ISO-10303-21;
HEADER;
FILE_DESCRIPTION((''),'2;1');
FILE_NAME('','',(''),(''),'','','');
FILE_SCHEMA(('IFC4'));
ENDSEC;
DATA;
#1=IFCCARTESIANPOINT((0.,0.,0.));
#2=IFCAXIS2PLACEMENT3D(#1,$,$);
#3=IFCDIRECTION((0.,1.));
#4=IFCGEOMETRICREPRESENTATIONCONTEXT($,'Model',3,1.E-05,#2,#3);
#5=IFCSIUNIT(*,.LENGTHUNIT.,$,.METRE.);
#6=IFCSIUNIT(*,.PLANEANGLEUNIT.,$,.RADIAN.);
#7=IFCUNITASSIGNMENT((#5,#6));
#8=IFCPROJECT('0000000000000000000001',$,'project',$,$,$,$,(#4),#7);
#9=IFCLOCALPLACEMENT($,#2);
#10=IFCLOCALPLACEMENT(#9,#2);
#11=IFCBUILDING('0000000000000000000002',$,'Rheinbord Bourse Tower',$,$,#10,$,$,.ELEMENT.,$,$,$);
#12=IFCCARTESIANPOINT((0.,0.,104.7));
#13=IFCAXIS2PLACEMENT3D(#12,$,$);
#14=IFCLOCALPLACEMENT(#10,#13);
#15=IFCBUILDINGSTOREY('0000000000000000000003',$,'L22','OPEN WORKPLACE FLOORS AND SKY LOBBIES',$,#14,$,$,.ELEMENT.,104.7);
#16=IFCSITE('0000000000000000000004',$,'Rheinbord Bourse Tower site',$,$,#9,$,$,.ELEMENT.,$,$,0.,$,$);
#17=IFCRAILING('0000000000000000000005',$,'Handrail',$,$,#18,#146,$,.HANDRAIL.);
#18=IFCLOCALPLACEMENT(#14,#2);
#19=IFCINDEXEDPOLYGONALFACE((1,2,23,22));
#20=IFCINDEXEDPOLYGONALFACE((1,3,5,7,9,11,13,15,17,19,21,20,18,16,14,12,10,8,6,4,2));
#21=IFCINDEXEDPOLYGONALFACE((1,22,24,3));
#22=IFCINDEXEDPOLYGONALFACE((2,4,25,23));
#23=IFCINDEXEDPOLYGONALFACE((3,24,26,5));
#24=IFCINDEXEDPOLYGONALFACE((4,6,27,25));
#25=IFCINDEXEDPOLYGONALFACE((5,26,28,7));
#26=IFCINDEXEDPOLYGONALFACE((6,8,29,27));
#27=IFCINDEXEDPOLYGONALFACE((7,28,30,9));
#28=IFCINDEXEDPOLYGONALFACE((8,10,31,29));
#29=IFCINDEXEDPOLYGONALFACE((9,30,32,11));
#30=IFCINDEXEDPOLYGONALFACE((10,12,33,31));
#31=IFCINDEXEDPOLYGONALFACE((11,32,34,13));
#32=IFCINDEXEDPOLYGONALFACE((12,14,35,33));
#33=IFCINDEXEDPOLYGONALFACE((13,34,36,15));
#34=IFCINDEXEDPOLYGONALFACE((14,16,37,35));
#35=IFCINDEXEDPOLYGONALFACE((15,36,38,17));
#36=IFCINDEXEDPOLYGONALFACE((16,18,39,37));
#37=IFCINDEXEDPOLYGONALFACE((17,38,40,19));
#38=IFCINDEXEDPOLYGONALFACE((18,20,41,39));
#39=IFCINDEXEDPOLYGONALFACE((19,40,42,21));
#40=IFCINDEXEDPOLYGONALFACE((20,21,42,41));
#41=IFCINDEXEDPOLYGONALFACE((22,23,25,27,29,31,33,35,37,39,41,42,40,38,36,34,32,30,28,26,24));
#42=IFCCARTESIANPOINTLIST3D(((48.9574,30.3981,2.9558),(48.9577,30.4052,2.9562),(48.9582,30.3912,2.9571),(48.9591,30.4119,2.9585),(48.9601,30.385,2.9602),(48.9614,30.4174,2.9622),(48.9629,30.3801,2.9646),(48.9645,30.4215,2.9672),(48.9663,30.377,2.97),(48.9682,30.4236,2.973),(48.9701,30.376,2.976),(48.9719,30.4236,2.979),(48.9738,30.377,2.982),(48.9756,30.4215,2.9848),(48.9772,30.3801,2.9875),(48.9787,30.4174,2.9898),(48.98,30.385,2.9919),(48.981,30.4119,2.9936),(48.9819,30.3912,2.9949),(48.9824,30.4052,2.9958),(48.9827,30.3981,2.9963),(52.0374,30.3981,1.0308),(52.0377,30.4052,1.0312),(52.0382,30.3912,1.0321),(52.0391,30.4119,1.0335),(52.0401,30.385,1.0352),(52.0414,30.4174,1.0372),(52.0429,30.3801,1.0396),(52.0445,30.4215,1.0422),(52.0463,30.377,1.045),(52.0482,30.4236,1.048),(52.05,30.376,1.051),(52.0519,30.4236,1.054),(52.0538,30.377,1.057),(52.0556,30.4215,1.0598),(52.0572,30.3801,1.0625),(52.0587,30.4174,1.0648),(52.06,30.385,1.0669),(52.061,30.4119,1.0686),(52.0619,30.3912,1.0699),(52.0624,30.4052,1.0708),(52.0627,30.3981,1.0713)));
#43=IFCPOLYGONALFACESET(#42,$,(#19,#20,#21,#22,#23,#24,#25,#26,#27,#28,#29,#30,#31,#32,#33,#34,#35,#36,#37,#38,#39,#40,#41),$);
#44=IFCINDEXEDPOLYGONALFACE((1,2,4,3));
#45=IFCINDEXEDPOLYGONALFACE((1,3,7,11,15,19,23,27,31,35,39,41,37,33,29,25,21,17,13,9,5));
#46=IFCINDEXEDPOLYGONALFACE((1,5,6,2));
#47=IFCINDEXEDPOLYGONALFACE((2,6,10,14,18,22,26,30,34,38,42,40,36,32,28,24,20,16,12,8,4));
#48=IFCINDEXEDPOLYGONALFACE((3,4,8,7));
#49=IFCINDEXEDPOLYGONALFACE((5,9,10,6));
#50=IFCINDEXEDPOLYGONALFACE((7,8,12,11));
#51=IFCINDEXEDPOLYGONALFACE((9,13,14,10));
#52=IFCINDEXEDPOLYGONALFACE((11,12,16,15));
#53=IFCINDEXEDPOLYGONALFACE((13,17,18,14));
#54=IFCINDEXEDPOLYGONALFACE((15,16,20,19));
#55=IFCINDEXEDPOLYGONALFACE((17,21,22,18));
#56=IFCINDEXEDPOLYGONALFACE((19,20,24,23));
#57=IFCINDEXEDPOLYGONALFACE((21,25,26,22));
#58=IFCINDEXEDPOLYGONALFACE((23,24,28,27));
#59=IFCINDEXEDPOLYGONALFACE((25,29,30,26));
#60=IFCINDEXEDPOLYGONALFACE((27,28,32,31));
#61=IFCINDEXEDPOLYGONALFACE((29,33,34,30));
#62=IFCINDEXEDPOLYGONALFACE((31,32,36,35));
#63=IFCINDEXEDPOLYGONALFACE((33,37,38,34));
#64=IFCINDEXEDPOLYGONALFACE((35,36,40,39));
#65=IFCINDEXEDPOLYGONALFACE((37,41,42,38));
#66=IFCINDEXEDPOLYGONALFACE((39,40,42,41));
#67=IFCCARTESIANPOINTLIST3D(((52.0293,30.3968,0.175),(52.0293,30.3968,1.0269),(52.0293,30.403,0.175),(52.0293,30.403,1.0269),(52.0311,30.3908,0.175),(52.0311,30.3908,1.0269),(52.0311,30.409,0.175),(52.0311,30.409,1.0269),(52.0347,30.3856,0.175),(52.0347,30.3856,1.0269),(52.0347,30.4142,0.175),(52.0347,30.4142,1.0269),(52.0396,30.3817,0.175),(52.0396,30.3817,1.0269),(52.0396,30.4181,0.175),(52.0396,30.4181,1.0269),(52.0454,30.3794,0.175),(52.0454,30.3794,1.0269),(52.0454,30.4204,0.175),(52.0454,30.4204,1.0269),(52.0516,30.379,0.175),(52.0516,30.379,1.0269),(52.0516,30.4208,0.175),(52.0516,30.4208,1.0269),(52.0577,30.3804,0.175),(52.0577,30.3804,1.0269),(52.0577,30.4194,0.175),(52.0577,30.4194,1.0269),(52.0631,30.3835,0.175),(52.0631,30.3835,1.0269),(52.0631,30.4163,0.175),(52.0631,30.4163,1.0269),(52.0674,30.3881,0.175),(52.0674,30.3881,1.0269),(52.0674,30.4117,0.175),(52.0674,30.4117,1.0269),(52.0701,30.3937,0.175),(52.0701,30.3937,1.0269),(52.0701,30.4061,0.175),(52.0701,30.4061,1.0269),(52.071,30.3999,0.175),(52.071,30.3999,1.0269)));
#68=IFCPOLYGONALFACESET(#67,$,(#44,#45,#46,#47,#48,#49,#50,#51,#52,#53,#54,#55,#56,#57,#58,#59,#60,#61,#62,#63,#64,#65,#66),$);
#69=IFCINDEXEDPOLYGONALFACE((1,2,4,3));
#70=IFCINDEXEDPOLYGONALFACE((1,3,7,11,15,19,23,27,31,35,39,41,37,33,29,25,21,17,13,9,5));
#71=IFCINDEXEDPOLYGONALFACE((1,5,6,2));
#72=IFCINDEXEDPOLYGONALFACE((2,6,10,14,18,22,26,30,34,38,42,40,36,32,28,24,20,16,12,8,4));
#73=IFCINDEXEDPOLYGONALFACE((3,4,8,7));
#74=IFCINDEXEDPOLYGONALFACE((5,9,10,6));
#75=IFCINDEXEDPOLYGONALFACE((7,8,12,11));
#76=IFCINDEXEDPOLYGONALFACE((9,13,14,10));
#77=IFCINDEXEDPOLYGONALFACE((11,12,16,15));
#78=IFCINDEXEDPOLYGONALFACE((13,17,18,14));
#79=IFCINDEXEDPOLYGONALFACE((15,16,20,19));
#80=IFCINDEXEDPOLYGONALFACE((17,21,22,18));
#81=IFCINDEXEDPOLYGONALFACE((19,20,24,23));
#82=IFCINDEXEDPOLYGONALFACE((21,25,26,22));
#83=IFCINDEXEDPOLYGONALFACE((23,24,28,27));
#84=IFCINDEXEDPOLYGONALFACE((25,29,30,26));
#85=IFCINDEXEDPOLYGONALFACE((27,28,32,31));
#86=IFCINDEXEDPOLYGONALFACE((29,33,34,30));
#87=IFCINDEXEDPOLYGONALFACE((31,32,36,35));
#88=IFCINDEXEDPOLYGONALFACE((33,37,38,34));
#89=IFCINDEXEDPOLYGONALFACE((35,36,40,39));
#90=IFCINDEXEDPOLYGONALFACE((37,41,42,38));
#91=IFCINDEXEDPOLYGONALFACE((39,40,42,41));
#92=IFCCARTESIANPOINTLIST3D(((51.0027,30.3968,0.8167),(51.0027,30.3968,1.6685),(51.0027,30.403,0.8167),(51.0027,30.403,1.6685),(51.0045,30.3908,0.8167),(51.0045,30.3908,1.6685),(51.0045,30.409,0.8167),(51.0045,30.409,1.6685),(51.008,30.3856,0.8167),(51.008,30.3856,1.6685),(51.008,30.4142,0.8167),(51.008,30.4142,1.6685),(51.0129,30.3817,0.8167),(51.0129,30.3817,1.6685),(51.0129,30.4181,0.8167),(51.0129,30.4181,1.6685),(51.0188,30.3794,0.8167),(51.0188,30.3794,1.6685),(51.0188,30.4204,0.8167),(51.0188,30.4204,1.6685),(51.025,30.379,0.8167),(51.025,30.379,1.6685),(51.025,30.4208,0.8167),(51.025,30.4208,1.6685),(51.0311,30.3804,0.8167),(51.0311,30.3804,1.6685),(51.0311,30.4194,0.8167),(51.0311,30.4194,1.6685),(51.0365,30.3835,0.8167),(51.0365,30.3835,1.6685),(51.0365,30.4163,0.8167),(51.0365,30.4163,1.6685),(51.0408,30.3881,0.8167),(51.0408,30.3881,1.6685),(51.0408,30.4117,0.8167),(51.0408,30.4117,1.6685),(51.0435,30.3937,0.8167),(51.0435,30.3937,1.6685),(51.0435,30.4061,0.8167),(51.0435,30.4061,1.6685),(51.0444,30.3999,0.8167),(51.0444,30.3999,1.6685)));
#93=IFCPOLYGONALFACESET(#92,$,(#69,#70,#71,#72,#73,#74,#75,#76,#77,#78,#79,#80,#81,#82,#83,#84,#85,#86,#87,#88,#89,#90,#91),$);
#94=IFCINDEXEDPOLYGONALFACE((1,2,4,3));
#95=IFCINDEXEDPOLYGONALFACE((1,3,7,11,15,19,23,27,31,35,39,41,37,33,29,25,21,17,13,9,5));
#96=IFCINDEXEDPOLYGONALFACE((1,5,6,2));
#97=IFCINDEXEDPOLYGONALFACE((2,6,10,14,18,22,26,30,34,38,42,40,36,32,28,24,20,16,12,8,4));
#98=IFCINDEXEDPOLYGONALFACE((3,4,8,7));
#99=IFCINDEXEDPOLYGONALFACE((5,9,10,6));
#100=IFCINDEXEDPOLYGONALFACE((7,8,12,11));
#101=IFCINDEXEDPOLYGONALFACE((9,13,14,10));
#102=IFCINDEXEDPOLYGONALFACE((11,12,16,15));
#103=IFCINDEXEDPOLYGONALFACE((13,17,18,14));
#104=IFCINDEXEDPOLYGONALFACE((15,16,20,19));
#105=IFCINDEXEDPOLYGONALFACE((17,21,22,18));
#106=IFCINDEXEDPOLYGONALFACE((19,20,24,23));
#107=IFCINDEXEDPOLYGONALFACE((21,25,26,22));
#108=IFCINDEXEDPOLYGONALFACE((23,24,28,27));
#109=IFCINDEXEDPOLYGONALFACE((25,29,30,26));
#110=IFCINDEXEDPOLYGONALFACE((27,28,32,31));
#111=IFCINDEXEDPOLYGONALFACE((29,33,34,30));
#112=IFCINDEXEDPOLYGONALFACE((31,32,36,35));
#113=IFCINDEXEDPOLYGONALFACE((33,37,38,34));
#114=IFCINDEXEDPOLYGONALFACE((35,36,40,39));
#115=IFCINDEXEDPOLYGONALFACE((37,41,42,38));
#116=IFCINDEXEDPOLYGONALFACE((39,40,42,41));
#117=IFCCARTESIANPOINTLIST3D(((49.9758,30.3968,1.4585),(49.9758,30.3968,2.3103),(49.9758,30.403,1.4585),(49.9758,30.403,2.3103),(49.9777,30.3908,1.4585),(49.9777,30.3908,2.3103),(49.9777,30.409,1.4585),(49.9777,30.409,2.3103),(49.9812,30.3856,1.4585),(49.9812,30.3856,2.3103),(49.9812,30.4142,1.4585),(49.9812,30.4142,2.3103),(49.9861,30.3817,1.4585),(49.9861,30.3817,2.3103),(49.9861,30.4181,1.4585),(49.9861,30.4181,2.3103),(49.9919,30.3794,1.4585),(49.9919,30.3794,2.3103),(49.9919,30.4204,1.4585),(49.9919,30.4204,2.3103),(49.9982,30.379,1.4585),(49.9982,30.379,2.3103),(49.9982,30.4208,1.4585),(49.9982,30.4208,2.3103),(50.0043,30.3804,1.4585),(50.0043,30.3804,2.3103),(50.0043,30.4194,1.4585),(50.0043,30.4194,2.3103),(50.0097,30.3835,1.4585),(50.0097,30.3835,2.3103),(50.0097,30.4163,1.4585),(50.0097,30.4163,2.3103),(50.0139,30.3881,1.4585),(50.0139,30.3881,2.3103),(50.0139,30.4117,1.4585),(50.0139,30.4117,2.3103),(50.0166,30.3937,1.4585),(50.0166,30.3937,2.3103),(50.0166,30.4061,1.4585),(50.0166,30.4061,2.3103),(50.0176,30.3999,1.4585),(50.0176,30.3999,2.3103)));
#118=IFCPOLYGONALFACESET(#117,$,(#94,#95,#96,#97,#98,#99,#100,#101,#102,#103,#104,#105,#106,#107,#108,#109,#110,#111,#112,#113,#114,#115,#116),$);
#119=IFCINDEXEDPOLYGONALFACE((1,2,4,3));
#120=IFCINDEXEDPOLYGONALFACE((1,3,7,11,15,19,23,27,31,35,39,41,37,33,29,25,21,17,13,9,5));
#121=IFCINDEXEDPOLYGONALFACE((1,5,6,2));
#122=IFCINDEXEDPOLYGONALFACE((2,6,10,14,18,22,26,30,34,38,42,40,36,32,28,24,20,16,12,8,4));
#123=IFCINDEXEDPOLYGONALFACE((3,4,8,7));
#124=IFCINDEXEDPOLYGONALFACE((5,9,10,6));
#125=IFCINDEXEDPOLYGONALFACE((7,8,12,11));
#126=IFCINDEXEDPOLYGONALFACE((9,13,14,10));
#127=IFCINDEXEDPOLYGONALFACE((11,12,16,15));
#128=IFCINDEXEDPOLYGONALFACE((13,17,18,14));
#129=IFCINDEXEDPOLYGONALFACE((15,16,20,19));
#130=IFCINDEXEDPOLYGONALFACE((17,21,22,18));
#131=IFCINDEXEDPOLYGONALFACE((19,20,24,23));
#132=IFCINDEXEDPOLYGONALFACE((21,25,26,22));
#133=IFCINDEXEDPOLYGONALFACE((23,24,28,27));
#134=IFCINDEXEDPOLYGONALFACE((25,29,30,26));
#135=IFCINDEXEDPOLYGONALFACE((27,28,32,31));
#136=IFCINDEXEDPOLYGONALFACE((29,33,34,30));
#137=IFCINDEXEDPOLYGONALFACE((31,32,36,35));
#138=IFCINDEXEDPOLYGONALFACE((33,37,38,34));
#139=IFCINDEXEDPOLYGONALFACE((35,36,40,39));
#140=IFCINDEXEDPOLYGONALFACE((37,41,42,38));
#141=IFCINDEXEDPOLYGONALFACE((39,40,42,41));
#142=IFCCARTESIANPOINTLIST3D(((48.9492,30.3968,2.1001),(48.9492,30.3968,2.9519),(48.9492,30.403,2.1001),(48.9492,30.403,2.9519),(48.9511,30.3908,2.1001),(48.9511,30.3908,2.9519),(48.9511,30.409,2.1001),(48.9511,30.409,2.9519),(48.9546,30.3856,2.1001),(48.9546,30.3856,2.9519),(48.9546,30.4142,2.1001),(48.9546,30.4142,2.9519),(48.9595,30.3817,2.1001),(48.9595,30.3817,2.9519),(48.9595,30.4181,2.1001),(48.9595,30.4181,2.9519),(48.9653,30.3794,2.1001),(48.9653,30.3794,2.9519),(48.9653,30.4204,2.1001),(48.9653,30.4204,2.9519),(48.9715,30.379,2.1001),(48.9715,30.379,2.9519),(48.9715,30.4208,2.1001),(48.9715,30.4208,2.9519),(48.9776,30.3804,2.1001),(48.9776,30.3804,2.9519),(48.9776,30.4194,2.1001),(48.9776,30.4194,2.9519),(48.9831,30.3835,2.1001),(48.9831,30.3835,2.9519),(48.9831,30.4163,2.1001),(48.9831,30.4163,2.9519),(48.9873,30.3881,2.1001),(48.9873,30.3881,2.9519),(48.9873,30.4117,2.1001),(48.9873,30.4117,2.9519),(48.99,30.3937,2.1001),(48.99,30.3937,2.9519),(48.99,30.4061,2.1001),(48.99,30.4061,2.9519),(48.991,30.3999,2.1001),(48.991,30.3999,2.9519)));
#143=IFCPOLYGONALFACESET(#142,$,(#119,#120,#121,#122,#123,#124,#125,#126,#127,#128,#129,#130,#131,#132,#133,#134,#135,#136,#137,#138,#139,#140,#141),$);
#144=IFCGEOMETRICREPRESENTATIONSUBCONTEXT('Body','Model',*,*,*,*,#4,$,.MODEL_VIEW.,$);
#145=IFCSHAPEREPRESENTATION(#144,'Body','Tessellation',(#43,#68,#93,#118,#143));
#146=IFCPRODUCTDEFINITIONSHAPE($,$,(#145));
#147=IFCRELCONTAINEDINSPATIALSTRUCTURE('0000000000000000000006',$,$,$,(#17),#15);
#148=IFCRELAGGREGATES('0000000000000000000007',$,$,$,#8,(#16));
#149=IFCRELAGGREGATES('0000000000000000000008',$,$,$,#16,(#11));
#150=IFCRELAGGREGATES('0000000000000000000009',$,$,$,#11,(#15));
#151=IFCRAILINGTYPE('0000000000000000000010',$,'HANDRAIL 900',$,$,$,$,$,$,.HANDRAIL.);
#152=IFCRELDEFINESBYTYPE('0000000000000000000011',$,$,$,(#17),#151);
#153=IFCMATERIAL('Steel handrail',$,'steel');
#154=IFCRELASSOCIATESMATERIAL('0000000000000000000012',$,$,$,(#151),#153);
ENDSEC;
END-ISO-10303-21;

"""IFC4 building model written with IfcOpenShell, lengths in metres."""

from ifc_helpers import new_model, si_unit, direction, frame, origin, origin_2d, place, context, subcontext, project, spatial, circle, extrude, material, type_object, element, save


model = new_model("IFC4")

# Units and contexts
model_context = context("Model", 3, precision=1e-05, world=origin(), true_north=direction((0.0, 1.0)))
body_context = subcontext(model_context, "Body", "Model", "MODEL_VIEW")
ifc_project = project(units=[si_unit("LENGTHUNIT", "METRE"), si_unit("PLANEANGLEUNIT", "RADIAN")], contexts=[model_context])

# Site, building, storey
site_placement = place(None, origin())
site = spatial("IfcSite", under=ifc_project, at=site_placement, Name="Rheinbord Bourse Tower site", CompositionType="ELEMENT", RefElevation=0.0)
building_placement = place(site_placement, origin())
building = spatial("IfcBuilding", under=site, at=building_placement, Name="Rheinbord Bourse Tower", CompositionType="ELEMENT")
storey_placement = place(building_placement, frame((0.0, 0.0, 104.7)))
storey = spatial("IfcBuildingStorey", under=building, at=storey_placement, Name="L22", Description="OPEN WORKPLACE FLOORS AND SKY LOBBIES", CompositionType="ELEMENT", Elevation=104.7)

# Railing
ifc_material_1 = material(Name="Steel handrail", Category="steel")
railing_type = type_object("IfcRailingType", Name="HANDRAIL 900", PredefinedType="HANDRAIL", material=ifc_material_1)
railing_1_placement = place(storey_placement, frame((52.05, 30.3999, 0.175)))
element("IfcRailing", 1, at=railing_1_placement, inside=storey, type_object=railing_type, Name="Handrail", PredefinedType="HANDRAIL", context=body_context, shape_type="SweptSolid", body=[
    extrude(circle(Radius=0.0239, at=origin_2d()), frame((0.0, 0.0, 0.876), z_axis=(-0.847998, 0.0, 0.529999), x_axis=(0.0, -1.0, 0.0)), (0.0, 0.0, 1.0), 3.6321),
    extrude(circle(Radius=0.021, at=origin_2d()), origin(), (0.0, 0.0, 1.0), 0.8518),
    extrude(circle(Radius=0.021, at=origin_2d()), frame((-1.0266, 0.0, 0.6416)), (0.0, 0.0, 1.0), 0.8518),
    extrude(circle(Radius=0.021, at=origin_2d()), frame((-2.0535, 0.0, 1.2834)), (0.0, 0.0, 1.0), 0.8518),
    extrude(circle(Radius=0.021, at=origin_2d()), frame((-3.0801, 0.0, 1.925)), (0.0, 0.0, 1.0), 0.8518),
])

save(model, "model.ifc")
